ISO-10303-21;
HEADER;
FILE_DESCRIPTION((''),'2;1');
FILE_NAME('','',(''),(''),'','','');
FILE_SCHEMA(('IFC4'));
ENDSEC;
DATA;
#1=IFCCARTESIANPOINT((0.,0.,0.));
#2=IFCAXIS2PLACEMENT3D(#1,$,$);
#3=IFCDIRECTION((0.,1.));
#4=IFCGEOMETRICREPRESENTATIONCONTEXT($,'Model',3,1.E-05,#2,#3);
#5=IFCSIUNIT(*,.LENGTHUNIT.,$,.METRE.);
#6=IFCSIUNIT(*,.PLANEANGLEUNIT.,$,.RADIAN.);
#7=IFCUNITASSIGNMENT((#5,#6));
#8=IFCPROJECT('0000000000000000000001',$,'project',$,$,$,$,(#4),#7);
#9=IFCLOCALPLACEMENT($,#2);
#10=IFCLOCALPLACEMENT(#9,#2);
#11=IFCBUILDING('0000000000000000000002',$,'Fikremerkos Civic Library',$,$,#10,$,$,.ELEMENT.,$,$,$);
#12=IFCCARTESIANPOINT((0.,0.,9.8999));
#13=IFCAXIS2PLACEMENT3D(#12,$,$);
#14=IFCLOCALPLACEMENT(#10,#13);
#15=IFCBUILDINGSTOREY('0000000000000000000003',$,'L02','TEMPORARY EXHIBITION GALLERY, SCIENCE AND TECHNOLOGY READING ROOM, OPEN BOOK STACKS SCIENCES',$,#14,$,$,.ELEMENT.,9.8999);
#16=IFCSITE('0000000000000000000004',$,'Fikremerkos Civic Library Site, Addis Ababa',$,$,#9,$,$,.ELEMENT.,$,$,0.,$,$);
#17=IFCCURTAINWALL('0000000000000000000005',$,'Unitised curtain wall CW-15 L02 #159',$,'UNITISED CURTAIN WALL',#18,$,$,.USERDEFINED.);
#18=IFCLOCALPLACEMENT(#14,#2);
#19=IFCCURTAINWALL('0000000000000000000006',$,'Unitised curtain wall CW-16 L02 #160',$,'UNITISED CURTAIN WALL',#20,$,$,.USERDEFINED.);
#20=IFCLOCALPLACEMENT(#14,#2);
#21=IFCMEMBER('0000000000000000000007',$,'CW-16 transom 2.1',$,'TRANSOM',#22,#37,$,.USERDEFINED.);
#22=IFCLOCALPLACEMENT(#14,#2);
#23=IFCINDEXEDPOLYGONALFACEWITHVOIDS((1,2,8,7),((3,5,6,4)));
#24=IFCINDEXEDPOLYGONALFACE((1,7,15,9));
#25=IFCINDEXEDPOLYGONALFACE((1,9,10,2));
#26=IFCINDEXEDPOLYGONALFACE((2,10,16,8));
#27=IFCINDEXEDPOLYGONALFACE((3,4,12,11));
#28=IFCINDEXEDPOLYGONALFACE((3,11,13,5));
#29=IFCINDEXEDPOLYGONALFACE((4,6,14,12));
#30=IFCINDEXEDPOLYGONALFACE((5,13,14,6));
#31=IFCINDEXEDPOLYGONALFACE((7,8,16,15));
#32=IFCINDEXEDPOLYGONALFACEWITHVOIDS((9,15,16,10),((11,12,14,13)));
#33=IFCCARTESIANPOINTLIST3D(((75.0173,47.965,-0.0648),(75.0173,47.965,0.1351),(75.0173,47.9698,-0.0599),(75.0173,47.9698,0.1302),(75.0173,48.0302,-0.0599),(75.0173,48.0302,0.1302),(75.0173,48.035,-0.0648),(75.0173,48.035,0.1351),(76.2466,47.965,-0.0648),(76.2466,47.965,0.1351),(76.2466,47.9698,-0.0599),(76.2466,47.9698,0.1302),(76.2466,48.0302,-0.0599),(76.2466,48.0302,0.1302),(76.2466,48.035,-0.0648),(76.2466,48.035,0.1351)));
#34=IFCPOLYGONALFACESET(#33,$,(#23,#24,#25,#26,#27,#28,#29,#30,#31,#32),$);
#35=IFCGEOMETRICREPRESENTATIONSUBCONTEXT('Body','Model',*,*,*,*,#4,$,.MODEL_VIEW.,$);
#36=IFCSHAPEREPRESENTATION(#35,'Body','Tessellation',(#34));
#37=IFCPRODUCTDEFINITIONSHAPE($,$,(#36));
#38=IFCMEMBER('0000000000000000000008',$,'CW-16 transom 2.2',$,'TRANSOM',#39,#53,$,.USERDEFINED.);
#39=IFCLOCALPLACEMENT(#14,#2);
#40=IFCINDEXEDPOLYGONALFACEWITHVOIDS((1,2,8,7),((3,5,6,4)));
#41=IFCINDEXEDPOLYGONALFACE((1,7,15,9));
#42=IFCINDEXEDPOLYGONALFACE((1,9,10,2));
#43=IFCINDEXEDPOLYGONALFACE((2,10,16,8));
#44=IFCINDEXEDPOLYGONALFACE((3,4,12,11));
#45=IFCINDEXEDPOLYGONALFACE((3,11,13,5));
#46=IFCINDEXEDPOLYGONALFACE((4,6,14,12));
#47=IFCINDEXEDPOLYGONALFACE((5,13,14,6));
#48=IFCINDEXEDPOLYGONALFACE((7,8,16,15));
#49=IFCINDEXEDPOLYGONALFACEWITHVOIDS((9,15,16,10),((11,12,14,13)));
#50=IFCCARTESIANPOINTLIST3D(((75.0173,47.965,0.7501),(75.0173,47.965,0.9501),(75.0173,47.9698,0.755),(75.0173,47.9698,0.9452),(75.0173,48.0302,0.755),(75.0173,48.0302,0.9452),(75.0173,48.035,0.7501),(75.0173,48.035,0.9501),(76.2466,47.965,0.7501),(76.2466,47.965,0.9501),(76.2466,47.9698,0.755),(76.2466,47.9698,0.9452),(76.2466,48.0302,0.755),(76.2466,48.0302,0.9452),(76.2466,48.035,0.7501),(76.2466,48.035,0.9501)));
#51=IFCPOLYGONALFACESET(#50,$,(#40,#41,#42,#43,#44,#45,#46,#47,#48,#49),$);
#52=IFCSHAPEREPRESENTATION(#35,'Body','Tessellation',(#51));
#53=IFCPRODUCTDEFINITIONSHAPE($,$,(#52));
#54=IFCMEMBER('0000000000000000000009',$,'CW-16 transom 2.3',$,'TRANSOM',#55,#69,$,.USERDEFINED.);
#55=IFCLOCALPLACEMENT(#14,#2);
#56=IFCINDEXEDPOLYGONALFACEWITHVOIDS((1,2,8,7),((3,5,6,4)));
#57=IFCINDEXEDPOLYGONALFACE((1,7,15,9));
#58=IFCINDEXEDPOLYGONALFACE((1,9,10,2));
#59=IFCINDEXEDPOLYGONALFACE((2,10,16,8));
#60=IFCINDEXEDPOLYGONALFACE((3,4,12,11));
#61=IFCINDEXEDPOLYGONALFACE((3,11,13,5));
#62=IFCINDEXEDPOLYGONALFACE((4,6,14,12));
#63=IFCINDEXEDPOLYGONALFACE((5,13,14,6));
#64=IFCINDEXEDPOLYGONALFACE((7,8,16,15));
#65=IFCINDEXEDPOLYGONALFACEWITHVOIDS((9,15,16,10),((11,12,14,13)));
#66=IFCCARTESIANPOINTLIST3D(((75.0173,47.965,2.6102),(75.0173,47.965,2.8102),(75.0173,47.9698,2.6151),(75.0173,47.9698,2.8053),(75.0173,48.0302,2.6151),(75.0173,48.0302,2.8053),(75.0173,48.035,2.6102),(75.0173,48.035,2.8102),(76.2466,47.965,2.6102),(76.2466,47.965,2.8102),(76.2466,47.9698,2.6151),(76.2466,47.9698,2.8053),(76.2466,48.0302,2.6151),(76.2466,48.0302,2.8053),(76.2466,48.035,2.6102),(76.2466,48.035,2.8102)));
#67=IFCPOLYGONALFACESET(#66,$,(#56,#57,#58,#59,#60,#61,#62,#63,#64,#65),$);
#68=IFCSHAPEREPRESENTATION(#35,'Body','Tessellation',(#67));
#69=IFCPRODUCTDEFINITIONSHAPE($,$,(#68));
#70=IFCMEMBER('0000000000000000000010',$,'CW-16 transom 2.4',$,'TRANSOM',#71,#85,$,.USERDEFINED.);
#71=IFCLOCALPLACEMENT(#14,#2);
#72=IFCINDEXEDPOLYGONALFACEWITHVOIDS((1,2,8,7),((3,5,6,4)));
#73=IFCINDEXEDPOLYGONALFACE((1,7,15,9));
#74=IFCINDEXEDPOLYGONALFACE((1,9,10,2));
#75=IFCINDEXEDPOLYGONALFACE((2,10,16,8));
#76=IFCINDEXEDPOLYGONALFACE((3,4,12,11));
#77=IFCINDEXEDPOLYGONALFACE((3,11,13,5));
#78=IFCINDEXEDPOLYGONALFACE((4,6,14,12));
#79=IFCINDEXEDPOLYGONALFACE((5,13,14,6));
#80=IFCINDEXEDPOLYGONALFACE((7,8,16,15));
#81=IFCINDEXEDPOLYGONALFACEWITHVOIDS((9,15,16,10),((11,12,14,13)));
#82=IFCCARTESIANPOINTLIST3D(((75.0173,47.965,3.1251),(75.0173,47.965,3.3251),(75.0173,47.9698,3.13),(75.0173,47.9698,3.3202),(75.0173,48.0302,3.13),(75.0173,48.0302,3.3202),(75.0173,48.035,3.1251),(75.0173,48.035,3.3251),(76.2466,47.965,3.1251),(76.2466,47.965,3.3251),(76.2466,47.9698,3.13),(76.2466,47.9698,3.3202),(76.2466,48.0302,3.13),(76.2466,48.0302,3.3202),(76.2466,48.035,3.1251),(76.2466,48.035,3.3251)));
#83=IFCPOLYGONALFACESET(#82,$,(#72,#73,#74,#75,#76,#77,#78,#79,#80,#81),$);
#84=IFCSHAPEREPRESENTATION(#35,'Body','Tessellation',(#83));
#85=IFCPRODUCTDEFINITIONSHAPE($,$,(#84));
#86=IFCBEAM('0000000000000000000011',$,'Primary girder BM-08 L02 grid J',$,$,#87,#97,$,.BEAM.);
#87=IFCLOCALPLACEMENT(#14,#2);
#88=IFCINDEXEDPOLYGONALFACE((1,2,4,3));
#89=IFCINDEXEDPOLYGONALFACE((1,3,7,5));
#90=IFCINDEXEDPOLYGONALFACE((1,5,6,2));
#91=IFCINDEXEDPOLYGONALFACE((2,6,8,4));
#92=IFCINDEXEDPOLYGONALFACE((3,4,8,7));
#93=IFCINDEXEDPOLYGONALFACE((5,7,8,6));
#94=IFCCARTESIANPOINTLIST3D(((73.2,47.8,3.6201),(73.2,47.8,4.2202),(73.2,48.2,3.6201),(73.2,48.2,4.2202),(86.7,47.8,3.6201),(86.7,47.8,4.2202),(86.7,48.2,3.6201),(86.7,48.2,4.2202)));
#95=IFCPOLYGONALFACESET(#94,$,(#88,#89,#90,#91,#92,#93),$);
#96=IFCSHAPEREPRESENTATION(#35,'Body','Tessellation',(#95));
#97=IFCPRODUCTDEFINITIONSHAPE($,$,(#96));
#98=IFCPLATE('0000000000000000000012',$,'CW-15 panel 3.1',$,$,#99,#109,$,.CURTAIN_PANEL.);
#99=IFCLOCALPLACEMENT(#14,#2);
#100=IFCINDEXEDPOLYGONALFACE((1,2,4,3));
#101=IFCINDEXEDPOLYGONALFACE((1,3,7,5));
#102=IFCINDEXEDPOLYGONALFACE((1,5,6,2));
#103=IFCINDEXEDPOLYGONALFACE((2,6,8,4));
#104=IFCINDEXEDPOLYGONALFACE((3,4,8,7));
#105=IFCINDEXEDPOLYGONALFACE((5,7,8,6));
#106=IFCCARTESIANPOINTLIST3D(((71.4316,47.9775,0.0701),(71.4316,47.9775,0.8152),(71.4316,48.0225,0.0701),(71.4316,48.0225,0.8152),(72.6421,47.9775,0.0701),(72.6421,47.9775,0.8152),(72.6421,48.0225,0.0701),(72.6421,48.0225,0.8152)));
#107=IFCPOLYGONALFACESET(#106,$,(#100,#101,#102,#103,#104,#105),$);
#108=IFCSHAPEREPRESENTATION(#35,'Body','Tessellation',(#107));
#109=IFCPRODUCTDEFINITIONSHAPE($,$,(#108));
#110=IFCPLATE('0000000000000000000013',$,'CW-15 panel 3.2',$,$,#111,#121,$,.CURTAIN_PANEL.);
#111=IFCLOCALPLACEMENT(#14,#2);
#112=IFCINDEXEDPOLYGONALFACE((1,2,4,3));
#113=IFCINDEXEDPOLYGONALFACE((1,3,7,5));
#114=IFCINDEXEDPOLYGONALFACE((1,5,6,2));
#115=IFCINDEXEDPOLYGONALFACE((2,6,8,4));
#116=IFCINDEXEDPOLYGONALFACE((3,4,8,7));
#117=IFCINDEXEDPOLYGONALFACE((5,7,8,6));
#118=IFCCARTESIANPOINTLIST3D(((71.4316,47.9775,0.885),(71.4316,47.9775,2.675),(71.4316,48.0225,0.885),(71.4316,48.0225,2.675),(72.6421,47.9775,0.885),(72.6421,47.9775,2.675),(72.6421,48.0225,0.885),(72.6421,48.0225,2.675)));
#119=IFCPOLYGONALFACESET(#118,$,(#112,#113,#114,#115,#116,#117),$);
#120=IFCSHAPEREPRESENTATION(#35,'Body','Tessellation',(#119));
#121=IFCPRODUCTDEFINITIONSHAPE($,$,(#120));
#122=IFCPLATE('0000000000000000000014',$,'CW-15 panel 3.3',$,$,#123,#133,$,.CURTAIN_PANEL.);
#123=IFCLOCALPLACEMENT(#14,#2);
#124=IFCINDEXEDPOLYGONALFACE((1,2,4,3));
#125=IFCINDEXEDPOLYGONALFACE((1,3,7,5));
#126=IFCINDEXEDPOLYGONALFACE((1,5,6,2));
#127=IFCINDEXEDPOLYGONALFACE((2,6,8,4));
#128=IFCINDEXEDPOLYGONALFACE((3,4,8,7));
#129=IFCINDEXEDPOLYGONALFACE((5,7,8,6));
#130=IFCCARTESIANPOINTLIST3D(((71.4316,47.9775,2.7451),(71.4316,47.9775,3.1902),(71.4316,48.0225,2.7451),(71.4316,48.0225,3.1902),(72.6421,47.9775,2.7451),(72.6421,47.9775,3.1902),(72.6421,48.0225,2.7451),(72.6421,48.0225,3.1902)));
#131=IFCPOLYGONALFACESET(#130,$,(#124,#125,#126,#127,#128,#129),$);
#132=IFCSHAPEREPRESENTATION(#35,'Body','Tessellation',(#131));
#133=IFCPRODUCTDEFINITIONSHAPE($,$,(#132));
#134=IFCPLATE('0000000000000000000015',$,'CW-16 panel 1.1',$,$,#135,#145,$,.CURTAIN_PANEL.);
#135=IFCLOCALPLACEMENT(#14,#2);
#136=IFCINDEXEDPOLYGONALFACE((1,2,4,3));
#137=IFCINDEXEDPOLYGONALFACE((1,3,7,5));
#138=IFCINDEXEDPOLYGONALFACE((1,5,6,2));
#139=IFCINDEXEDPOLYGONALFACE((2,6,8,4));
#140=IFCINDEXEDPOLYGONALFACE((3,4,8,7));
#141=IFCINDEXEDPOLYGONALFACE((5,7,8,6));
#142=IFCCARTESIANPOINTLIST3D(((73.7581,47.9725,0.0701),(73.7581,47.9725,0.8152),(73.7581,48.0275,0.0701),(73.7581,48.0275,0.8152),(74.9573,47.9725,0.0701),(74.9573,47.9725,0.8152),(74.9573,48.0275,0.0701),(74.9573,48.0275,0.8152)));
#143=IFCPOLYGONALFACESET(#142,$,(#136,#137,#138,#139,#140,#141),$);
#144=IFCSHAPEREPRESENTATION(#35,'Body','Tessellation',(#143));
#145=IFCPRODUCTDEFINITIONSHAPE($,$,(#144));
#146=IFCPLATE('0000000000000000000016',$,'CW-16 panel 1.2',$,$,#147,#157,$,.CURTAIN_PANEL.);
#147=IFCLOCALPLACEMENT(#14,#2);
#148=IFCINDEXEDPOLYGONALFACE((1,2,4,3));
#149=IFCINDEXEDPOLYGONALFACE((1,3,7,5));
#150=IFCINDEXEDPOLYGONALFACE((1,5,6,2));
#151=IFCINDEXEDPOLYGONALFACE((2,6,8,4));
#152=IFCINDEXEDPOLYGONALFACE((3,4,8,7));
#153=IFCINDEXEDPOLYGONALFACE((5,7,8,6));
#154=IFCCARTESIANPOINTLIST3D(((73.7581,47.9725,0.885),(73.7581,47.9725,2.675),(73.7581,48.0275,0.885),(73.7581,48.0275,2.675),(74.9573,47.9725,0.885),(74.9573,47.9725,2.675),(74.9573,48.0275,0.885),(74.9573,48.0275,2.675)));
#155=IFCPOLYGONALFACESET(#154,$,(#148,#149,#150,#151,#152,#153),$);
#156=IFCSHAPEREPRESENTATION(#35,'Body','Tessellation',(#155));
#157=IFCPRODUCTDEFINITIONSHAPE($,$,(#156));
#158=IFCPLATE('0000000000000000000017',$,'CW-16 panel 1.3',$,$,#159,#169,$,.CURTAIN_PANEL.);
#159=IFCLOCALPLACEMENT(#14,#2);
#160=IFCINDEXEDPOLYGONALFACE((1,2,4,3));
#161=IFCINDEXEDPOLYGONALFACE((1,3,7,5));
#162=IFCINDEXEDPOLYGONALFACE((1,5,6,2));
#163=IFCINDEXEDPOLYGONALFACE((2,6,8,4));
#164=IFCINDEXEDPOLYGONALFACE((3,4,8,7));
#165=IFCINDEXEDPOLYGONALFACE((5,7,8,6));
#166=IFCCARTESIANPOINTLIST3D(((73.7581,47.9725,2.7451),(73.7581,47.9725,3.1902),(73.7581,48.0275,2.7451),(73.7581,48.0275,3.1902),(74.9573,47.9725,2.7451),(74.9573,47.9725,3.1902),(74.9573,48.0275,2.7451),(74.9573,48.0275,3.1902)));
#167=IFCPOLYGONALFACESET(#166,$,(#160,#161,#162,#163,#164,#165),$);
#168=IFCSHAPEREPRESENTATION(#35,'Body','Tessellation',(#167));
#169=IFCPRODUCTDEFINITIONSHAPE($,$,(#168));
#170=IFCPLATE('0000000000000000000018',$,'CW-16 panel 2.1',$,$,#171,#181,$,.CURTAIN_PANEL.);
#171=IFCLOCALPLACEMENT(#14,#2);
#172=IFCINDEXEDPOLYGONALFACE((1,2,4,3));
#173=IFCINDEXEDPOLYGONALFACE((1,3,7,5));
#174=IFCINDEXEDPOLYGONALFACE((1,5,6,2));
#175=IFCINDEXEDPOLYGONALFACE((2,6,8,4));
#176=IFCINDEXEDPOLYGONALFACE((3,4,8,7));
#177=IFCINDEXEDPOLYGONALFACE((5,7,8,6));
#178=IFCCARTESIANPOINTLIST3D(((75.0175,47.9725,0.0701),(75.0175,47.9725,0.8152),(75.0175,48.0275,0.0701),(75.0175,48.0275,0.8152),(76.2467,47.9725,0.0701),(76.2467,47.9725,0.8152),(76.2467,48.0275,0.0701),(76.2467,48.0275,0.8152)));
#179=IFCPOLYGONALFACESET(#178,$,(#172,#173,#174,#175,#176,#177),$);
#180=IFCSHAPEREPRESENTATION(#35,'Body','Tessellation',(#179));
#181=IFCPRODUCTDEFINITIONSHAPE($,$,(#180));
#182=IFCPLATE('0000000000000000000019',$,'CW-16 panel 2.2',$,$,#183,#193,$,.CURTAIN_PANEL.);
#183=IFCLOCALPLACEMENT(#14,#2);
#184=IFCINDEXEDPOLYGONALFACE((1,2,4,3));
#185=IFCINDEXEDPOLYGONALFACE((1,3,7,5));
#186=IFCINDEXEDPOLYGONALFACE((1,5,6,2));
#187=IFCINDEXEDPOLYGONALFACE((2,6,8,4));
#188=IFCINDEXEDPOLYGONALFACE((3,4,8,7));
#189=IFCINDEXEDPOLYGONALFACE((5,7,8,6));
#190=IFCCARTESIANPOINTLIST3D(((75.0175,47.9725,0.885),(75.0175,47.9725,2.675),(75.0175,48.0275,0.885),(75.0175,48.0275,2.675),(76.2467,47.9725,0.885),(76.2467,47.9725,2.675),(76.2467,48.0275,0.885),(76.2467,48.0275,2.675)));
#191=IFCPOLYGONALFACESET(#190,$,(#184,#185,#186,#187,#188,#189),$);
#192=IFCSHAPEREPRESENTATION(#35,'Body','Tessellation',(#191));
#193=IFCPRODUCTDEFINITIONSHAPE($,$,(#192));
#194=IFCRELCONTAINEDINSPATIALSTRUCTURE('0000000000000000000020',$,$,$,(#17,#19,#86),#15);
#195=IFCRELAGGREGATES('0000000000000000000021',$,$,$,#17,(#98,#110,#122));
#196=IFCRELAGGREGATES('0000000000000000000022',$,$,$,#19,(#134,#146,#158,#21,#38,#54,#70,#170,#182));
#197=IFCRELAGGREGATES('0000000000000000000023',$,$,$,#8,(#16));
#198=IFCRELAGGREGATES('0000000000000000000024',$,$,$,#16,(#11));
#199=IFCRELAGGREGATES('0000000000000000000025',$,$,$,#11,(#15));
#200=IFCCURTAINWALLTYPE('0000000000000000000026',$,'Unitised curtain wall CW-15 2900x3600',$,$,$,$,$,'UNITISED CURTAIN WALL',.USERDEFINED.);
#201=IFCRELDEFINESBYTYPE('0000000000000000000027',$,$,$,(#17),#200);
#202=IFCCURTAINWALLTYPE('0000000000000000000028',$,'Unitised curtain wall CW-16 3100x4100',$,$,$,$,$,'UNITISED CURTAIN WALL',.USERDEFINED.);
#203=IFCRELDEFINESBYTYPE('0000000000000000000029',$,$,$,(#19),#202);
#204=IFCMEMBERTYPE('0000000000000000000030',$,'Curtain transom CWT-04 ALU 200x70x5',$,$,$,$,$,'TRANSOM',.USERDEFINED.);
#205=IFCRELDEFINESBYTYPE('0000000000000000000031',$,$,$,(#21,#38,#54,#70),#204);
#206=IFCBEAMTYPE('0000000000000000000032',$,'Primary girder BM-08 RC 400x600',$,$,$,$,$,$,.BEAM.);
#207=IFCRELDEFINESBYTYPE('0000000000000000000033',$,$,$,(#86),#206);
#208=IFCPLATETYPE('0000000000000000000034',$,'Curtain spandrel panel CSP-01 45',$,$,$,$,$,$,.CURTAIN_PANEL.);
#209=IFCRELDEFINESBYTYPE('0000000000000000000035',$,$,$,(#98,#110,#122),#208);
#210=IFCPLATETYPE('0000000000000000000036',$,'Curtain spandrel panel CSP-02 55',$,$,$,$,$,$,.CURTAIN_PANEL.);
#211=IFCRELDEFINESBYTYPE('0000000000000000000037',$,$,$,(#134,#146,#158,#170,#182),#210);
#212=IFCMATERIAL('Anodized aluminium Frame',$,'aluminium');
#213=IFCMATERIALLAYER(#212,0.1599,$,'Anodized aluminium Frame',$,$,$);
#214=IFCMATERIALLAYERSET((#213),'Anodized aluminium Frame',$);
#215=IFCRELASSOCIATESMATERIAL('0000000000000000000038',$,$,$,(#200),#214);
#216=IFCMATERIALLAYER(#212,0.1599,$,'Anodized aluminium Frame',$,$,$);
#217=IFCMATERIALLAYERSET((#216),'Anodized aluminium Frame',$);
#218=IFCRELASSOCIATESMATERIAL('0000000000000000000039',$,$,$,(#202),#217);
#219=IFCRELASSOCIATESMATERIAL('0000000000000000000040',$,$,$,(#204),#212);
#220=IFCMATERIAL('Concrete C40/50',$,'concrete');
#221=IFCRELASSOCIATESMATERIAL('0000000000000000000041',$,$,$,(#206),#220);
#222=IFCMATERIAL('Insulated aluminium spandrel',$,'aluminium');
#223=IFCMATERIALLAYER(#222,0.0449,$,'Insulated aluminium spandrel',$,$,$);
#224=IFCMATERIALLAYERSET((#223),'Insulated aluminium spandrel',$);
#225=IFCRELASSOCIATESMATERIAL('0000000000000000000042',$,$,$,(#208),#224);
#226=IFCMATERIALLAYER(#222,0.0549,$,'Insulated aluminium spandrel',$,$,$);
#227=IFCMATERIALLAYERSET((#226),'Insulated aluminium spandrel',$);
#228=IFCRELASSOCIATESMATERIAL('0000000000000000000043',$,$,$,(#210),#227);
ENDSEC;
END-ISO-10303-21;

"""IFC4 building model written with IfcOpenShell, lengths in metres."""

from ifc_helpers import new_model, si_unit, direction, frame, origin, origin_2d, place, context, subcontext, project, spatial, rectangle, hollow_rectangle, extrude, material, layer, layer_set, material_profile, profile_set, type_object, element, aggregate, save


model = new_model("IFC4")

# Units and contexts
model_context = context("Model", 3, precision=1e-05, world=origin(), true_north=direction((0.0, 1.0)))
body_context = subcontext(model_context, "Body", "Model", "MODEL_VIEW")
ifc_project = project(units=[si_unit("LENGTHUNIT", "METRE"), si_unit("PLANEANGLEUNIT", "RADIAN")], contexts=[model_context])

# Site, building, storey
site_placement = place(None, origin())
site = spatial("IfcSite", under=ifc_project, at=site_placement, Name="Fikremerkos Civic Library Site, Addis Ababa", CompositionType="ELEMENT", RefElevation=0.0)
building_placement = place(site_placement, origin())
building = spatial("IfcBuilding", under=site, at=building_placement, Name="Fikremerkos Civic Library", CompositionType="ELEMENT")
storey_placement = place(building_placement, frame((0.0, 0.0, 9.8999)))
storey = spatial("IfcBuildingStorey", under=building, at=storey_placement, Name="L02", Description="TEMPORARY EXHIBITION GALLERY, SCIENCE AND TECHNOLOGY READING ROOM, OPEN BOOK STACKS SCIENCES", CompositionType="ELEMENT", Elevation=9.8999)

# Curtain wall
ifc_material_1 = material(Name="Anodized aluminium Frame", Category="aluminium")
ifc_layer_1 = layer(ifc_material_1, 0.1599, Name="Anodized aluminium Frame")
ifc_layer_set_1 = layer_set([ifc_layer_1], Name="Anodized aluminium Frame")
curtain_wall_type_1 = type_object("IfcCurtainWallType", Name="Unitised curtain wall CW-15 2900x3600", ElementType="UNITISED CURTAIN WALL", PredefinedType="USERDEFINED", material=ifc_layer_set_1)
curtain_wall_1_placement = place(storey_placement, origin())
curtain_wall_1 = element("IfcCurtainWall", 1, at=curtain_wall_1_placement, inside=storey, type_object=curtain_wall_type_1, Name="Unitised curtain wall CW-15 L02 #159", ObjectType="UNITISED CURTAIN WALL", PredefinedType="USERDEFINED")

# Curtain wall, members
ifc_layer_2 = layer(ifc_material_1, 0.1599, Name="Anodized aluminium Frame")
ifc_layer_set_2 = layer_set([ifc_layer_2], Name="Anodized aluminium Frame")
curtain_wall_type_2 = type_object("IfcCurtainWallType", Name="Unitised curtain wall CW-16 3100x4100", ElementType="UNITISED CURTAIN WALL", PredefinedType="USERDEFINED", material=ifc_layer_set_2)
curtain_wall_2_placement = place(storey_placement, origin())
curtain_wall_2 = element("IfcCurtainWall", 2, at=curtain_wall_2_placement, inside=storey, type_object=curtain_wall_type_2, Name="Unitised curtain wall CW-16 L02 #160", ObjectType="UNITISED CURTAIN WALL", PredefinedType="USERDEFINED")
ifc_material_profile_1 = material_profile(ifc_material_1, hollow_rectangle(XDim=0.0701, YDim=0.2, WallThickness=0.0049, at=origin_2d()), Name="ALU 200x70x5")
ifc_profile_set_1 = profile_set([ifc_material_profile_1], Name="Anodized aluminium Frame")
member_type_1 = type_object("IfcMemberType", Name="Curtain transom CWT-04 ALU 200x70x5", ElementType="TRANSOM", PredefinedType="USERDEFINED", material=ifc_profile_set_1)
member_1_placement = place(storey_placement, frame((75.0173, 48.0, 0.0352), z_axis=(1.0, 0.0, 0.0), x_axis=(0.0, 1.0, 0.0)))
member_1 = element("IfcMember", 3, at=member_1_placement, type_object=member_type_1, Name="CW-16 transom 2.1", ObjectType="TRANSOM", PredefinedType="USERDEFINED", context=body_context, shape_type="SweptSolid", body=[
    extrude(hollow_rectangle(XDim=0.0701, YDim=0.2, WallThickness=0.0049, at=origin_2d()), origin(), (0.0, 0.0, 1.0), 1.2292),
])
member_2_placement = place(storey_placement, frame((75.0173, 48.0, 0.8501), z_axis=(1.0, 0.0, 0.0), x_axis=(0.0, 1.0, 0.0)))
member_2 = element("IfcMember", 4, at=member_2_placement, type_object=member_type_1, Name="CW-16 transom 2.2", ObjectType="TRANSOM", PredefinedType="USERDEFINED", context=body_context, shape_type="SweptSolid", body=[
    extrude(hollow_rectangle(XDim=0.0701, YDim=0.2, WallThickness=0.0049, at=origin_2d()), origin(), (0.0, 0.0, 1.0), 1.2292),
])
member_3_placement = place(storey_placement, frame((75.0173, 48.0, 2.7102), z_axis=(1.0, 0.0, 0.0), x_axis=(0.0, 1.0, 0.0)))
member_3 = element("IfcMember", 5, at=member_3_placement, type_object=member_type_1, Name="CW-16 transom 2.3", ObjectType="TRANSOM", PredefinedType="USERDEFINED", context=body_context, shape_type="SweptSolid", body=[
    extrude(hollow_rectangle(XDim=0.0701, YDim=0.2, WallThickness=0.0049, at=origin_2d()), origin(), (0.0, 0.0, 1.0), 1.2292),
])
member_4_placement = place(storey_placement, frame((75.0173, 48.0, 3.2251), z_axis=(1.0, 0.0, 0.0), x_axis=(0.0, 1.0, 0.0)))
member_4 = element("IfcMember", 6, at=member_4_placement, type_object=member_type_1, Name="CW-16 transom 2.4", ObjectType="TRANSOM", PredefinedType="USERDEFINED", context=body_context, shape_type="SweptSolid", body=[
    extrude(hollow_rectangle(XDim=0.0701, YDim=0.2, WallThickness=0.0049, at=origin_2d()), origin(), (0.0, 0.0, 1.0), 1.2292),
])

# Beam
ifc_material_2 = material(Name="Concrete C40/50", Category="concrete")
ifc_material_profile_2 = material_profile(ifc_material_2, rectangle(XDim=0.3999, YDim=0.6001, at=origin_2d()), Name="RC 400x600")
ifc_profile_set_2 = profile_set([ifc_material_profile_2], Name="Concrete C40/50")
beam_type = type_object("IfcBeamType", Name="Primary girder BM-08 RC 400x600", PredefinedType="BEAM", material=ifc_profile_set_2)
beam_placement = place(storey_placement, frame((73.2, 48.0, 3.9202), z_axis=(1.0, 0.0, 0.0), x_axis=(0.0, 1.0, 0.0)))
element("IfcBeam", 7, at=beam_placement, inside=storey, type_object=beam_type, Name="Primary girder BM-08 L02 grid J", PredefinedType="BEAM", context=body_context, shape_type="SweptSolid", body=[
    extrude(rectangle(XDim=0.3999, YDim=0.6001, at=origin_2d()), origin(), (0.0, 0.0, 1.0), 13.5),
])

# Plates
ifc_material_3 = material(Name="Insulated aluminium spandrel", Category="aluminium")
ifc_layer_3 = layer(ifc_material_3, 0.0449, Name="Insulated aluminium spandrel")
ifc_layer_set_3 = layer_set([ifc_layer_3], Name="Insulated aluminium spandrel")
plate_type_1 = type_object("IfcPlateType", Name="Curtain spandrel panel CSP-01 45", PredefinedType="CURTAIN_PANEL", material=ifc_layer_set_3)
plate_1_placement = place(storey_placement, frame((72.0369, 48.0, 0.0701), z_axis=(0.0, 0.0, 1.0), x_axis=(1.0, 0.0, 0.0)))
plate_1 = element("IfcPlate", 8, at=plate_1_placement, type_object=plate_type_1, Name="CW-15 panel 3.1", PredefinedType="CURTAIN_PANEL", context=body_context, shape_type="SweptSolid", body=[
    extrude(rectangle(XDim=1.2104, YDim=0.0449, at=origin_2d()), origin(), (0.0, 0.0, 1.0), 0.7451),
])
plate_2_placement = place(storey_placement, frame((72.0369, 48.0, 0.885), z_axis=(0.0, 0.0, 1.0), x_axis=(1.0, 0.0, 0.0)))
plate_2 = element("IfcPlate", 9, at=plate_2_placement, type_object=plate_type_1, Name="CW-15 panel 3.2", PredefinedType="CURTAIN_PANEL", context=body_context, shape_type="SweptSolid", body=[
    extrude(rectangle(XDim=1.2104, YDim=0.0449, at=origin_2d()), origin(), (0.0, 0.0, 1.0), 1.79),
])
plate_3_placement = place(storey_placement, frame((72.0369, 48.0, 2.7451), z_axis=(0.0, 0.0, 1.0), x_axis=(1.0, 0.0, 0.0)))
plate_3 = element("IfcPlate", 10, at=plate_3_placement, type_object=plate_type_1, Name="CW-15 panel 3.3", PredefinedType="CURTAIN_PANEL", context=body_context, shape_type="SweptSolid", body=[
    extrude(rectangle(XDim=1.2104, YDim=0.0449, at=origin_2d()), origin(), (0.0, 0.0, 1.0), 0.4451),
])
aggregate(curtain_wall_1, [plate_1, plate_2, plate_3])
ifc_layer_4 = layer(ifc_material_3, 0.0549, Name="Insulated aluminium spandrel")
ifc_layer_set_4 = layer_set([ifc_layer_4], Name="Insulated aluminium spandrel")
plate_type_2 = type_object("IfcPlateType", Name="Curtain spandrel panel CSP-02 55", PredefinedType="CURTAIN_PANEL", material=ifc_layer_set_4)
plate_4_placement = place(storey_placement, frame((74.3577, 48.0, 0.0701), z_axis=(0.0, 0.0, 1.0), x_axis=(1.0, 0.0, 0.0)))
plate_4 = element("IfcPlate", 11, at=plate_4_placement, type_object=plate_type_2, Name="CW-16 panel 1.1", PredefinedType="CURTAIN_PANEL", context=body_context, shape_type="SweptSolid", body=[
    extrude(rectangle(XDim=1.1992, YDim=0.0549, at=origin_2d()), origin(), (0.0, 0.0, 1.0), 0.7451),
])
plate_5_placement = place(storey_placement, frame((74.3577, 48.0, 0.885), z_axis=(0.0, 0.0, 1.0), x_axis=(1.0, 0.0, 0.0)))
plate_5 = element("IfcPlate", 12, at=plate_5_placement, type_object=plate_type_2, Name="CW-16 panel 1.2", PredefinedType="CURTAIN_PANEL", context=body_context, shape_type="SweptSolid", body=[
    extrude(rectangle(XDim=1.1992, YDim=0.0549, at=origin_2d()), origin(), (0.0, 0.0, 1.0), 1.79),
])
plate_6_placement = place(storey_placement, frame((74.3577, 48.0, 2.7451), z_axis=(0.0, 0.0, 1.0), x_axis=(1.0, 0.0, 0.0)))
plate_6 = element("IfcPlate", 13, at=plate_6_placement, type_object=plate_type_2, Name="CW-16 panel 1.3", PredefinedType="CURTAIN_PANEL", context=body_context, shape_type="SweptSolid", body=[
    extrude(rectangle(XDim=1.1992, YDim=0.0549, at=origin_2d()), origin(), (0.0, 0.0, 1.0), 0.4451),
])
plate_7_placement = place(storey_placement, frame((75.6321, 48.0, 0.0701), z_axis=(0.0, 0.0, 1.0), x_axis=(1.0, 0.0, 0.0)))
plate_7 = element("IfcPlate", 14, at=plate_7_placement, type_object=plate_type_2, Name="CW-16 panel 2.1", PredefinedType="CURTAIN_PANEL", context=body_context, shape_type="SweptSolid", body=[
    extrude(rectangle(XDim=1.2292, YDim=0.0549, at=origin_2d()), origin(), (0.0, 0.0, 1.0), 0.7451),
])
plate_8_placement = place(storey_placement, frame((75.6321, 48.0, 0.885), z_axis=(0.0, 0.0, 1.0), x_axis=(1.0, 0.0, 0.0)))
plate_8 = element("IfcPlate", 15, at=plate_8_placement, type_object=plate_type_2, Name="CW-16 panel 2.2", PredefinedType="CURTAIN_PANEL", context=body_context, shape_type="SweptSolid", body=[
    extrude(rectangle(XDim=1.2292, YDim=0.0549, at=origin_2d()), origin(), (0.0, 0.0, 1.0), 1.79),
])
aggregate(curtain_wall_2, [plate_4, plate_5, plate_6, member_1, member_2, member_3, member_4, plate_7, plate_8])

save(model, "model.ifc")
